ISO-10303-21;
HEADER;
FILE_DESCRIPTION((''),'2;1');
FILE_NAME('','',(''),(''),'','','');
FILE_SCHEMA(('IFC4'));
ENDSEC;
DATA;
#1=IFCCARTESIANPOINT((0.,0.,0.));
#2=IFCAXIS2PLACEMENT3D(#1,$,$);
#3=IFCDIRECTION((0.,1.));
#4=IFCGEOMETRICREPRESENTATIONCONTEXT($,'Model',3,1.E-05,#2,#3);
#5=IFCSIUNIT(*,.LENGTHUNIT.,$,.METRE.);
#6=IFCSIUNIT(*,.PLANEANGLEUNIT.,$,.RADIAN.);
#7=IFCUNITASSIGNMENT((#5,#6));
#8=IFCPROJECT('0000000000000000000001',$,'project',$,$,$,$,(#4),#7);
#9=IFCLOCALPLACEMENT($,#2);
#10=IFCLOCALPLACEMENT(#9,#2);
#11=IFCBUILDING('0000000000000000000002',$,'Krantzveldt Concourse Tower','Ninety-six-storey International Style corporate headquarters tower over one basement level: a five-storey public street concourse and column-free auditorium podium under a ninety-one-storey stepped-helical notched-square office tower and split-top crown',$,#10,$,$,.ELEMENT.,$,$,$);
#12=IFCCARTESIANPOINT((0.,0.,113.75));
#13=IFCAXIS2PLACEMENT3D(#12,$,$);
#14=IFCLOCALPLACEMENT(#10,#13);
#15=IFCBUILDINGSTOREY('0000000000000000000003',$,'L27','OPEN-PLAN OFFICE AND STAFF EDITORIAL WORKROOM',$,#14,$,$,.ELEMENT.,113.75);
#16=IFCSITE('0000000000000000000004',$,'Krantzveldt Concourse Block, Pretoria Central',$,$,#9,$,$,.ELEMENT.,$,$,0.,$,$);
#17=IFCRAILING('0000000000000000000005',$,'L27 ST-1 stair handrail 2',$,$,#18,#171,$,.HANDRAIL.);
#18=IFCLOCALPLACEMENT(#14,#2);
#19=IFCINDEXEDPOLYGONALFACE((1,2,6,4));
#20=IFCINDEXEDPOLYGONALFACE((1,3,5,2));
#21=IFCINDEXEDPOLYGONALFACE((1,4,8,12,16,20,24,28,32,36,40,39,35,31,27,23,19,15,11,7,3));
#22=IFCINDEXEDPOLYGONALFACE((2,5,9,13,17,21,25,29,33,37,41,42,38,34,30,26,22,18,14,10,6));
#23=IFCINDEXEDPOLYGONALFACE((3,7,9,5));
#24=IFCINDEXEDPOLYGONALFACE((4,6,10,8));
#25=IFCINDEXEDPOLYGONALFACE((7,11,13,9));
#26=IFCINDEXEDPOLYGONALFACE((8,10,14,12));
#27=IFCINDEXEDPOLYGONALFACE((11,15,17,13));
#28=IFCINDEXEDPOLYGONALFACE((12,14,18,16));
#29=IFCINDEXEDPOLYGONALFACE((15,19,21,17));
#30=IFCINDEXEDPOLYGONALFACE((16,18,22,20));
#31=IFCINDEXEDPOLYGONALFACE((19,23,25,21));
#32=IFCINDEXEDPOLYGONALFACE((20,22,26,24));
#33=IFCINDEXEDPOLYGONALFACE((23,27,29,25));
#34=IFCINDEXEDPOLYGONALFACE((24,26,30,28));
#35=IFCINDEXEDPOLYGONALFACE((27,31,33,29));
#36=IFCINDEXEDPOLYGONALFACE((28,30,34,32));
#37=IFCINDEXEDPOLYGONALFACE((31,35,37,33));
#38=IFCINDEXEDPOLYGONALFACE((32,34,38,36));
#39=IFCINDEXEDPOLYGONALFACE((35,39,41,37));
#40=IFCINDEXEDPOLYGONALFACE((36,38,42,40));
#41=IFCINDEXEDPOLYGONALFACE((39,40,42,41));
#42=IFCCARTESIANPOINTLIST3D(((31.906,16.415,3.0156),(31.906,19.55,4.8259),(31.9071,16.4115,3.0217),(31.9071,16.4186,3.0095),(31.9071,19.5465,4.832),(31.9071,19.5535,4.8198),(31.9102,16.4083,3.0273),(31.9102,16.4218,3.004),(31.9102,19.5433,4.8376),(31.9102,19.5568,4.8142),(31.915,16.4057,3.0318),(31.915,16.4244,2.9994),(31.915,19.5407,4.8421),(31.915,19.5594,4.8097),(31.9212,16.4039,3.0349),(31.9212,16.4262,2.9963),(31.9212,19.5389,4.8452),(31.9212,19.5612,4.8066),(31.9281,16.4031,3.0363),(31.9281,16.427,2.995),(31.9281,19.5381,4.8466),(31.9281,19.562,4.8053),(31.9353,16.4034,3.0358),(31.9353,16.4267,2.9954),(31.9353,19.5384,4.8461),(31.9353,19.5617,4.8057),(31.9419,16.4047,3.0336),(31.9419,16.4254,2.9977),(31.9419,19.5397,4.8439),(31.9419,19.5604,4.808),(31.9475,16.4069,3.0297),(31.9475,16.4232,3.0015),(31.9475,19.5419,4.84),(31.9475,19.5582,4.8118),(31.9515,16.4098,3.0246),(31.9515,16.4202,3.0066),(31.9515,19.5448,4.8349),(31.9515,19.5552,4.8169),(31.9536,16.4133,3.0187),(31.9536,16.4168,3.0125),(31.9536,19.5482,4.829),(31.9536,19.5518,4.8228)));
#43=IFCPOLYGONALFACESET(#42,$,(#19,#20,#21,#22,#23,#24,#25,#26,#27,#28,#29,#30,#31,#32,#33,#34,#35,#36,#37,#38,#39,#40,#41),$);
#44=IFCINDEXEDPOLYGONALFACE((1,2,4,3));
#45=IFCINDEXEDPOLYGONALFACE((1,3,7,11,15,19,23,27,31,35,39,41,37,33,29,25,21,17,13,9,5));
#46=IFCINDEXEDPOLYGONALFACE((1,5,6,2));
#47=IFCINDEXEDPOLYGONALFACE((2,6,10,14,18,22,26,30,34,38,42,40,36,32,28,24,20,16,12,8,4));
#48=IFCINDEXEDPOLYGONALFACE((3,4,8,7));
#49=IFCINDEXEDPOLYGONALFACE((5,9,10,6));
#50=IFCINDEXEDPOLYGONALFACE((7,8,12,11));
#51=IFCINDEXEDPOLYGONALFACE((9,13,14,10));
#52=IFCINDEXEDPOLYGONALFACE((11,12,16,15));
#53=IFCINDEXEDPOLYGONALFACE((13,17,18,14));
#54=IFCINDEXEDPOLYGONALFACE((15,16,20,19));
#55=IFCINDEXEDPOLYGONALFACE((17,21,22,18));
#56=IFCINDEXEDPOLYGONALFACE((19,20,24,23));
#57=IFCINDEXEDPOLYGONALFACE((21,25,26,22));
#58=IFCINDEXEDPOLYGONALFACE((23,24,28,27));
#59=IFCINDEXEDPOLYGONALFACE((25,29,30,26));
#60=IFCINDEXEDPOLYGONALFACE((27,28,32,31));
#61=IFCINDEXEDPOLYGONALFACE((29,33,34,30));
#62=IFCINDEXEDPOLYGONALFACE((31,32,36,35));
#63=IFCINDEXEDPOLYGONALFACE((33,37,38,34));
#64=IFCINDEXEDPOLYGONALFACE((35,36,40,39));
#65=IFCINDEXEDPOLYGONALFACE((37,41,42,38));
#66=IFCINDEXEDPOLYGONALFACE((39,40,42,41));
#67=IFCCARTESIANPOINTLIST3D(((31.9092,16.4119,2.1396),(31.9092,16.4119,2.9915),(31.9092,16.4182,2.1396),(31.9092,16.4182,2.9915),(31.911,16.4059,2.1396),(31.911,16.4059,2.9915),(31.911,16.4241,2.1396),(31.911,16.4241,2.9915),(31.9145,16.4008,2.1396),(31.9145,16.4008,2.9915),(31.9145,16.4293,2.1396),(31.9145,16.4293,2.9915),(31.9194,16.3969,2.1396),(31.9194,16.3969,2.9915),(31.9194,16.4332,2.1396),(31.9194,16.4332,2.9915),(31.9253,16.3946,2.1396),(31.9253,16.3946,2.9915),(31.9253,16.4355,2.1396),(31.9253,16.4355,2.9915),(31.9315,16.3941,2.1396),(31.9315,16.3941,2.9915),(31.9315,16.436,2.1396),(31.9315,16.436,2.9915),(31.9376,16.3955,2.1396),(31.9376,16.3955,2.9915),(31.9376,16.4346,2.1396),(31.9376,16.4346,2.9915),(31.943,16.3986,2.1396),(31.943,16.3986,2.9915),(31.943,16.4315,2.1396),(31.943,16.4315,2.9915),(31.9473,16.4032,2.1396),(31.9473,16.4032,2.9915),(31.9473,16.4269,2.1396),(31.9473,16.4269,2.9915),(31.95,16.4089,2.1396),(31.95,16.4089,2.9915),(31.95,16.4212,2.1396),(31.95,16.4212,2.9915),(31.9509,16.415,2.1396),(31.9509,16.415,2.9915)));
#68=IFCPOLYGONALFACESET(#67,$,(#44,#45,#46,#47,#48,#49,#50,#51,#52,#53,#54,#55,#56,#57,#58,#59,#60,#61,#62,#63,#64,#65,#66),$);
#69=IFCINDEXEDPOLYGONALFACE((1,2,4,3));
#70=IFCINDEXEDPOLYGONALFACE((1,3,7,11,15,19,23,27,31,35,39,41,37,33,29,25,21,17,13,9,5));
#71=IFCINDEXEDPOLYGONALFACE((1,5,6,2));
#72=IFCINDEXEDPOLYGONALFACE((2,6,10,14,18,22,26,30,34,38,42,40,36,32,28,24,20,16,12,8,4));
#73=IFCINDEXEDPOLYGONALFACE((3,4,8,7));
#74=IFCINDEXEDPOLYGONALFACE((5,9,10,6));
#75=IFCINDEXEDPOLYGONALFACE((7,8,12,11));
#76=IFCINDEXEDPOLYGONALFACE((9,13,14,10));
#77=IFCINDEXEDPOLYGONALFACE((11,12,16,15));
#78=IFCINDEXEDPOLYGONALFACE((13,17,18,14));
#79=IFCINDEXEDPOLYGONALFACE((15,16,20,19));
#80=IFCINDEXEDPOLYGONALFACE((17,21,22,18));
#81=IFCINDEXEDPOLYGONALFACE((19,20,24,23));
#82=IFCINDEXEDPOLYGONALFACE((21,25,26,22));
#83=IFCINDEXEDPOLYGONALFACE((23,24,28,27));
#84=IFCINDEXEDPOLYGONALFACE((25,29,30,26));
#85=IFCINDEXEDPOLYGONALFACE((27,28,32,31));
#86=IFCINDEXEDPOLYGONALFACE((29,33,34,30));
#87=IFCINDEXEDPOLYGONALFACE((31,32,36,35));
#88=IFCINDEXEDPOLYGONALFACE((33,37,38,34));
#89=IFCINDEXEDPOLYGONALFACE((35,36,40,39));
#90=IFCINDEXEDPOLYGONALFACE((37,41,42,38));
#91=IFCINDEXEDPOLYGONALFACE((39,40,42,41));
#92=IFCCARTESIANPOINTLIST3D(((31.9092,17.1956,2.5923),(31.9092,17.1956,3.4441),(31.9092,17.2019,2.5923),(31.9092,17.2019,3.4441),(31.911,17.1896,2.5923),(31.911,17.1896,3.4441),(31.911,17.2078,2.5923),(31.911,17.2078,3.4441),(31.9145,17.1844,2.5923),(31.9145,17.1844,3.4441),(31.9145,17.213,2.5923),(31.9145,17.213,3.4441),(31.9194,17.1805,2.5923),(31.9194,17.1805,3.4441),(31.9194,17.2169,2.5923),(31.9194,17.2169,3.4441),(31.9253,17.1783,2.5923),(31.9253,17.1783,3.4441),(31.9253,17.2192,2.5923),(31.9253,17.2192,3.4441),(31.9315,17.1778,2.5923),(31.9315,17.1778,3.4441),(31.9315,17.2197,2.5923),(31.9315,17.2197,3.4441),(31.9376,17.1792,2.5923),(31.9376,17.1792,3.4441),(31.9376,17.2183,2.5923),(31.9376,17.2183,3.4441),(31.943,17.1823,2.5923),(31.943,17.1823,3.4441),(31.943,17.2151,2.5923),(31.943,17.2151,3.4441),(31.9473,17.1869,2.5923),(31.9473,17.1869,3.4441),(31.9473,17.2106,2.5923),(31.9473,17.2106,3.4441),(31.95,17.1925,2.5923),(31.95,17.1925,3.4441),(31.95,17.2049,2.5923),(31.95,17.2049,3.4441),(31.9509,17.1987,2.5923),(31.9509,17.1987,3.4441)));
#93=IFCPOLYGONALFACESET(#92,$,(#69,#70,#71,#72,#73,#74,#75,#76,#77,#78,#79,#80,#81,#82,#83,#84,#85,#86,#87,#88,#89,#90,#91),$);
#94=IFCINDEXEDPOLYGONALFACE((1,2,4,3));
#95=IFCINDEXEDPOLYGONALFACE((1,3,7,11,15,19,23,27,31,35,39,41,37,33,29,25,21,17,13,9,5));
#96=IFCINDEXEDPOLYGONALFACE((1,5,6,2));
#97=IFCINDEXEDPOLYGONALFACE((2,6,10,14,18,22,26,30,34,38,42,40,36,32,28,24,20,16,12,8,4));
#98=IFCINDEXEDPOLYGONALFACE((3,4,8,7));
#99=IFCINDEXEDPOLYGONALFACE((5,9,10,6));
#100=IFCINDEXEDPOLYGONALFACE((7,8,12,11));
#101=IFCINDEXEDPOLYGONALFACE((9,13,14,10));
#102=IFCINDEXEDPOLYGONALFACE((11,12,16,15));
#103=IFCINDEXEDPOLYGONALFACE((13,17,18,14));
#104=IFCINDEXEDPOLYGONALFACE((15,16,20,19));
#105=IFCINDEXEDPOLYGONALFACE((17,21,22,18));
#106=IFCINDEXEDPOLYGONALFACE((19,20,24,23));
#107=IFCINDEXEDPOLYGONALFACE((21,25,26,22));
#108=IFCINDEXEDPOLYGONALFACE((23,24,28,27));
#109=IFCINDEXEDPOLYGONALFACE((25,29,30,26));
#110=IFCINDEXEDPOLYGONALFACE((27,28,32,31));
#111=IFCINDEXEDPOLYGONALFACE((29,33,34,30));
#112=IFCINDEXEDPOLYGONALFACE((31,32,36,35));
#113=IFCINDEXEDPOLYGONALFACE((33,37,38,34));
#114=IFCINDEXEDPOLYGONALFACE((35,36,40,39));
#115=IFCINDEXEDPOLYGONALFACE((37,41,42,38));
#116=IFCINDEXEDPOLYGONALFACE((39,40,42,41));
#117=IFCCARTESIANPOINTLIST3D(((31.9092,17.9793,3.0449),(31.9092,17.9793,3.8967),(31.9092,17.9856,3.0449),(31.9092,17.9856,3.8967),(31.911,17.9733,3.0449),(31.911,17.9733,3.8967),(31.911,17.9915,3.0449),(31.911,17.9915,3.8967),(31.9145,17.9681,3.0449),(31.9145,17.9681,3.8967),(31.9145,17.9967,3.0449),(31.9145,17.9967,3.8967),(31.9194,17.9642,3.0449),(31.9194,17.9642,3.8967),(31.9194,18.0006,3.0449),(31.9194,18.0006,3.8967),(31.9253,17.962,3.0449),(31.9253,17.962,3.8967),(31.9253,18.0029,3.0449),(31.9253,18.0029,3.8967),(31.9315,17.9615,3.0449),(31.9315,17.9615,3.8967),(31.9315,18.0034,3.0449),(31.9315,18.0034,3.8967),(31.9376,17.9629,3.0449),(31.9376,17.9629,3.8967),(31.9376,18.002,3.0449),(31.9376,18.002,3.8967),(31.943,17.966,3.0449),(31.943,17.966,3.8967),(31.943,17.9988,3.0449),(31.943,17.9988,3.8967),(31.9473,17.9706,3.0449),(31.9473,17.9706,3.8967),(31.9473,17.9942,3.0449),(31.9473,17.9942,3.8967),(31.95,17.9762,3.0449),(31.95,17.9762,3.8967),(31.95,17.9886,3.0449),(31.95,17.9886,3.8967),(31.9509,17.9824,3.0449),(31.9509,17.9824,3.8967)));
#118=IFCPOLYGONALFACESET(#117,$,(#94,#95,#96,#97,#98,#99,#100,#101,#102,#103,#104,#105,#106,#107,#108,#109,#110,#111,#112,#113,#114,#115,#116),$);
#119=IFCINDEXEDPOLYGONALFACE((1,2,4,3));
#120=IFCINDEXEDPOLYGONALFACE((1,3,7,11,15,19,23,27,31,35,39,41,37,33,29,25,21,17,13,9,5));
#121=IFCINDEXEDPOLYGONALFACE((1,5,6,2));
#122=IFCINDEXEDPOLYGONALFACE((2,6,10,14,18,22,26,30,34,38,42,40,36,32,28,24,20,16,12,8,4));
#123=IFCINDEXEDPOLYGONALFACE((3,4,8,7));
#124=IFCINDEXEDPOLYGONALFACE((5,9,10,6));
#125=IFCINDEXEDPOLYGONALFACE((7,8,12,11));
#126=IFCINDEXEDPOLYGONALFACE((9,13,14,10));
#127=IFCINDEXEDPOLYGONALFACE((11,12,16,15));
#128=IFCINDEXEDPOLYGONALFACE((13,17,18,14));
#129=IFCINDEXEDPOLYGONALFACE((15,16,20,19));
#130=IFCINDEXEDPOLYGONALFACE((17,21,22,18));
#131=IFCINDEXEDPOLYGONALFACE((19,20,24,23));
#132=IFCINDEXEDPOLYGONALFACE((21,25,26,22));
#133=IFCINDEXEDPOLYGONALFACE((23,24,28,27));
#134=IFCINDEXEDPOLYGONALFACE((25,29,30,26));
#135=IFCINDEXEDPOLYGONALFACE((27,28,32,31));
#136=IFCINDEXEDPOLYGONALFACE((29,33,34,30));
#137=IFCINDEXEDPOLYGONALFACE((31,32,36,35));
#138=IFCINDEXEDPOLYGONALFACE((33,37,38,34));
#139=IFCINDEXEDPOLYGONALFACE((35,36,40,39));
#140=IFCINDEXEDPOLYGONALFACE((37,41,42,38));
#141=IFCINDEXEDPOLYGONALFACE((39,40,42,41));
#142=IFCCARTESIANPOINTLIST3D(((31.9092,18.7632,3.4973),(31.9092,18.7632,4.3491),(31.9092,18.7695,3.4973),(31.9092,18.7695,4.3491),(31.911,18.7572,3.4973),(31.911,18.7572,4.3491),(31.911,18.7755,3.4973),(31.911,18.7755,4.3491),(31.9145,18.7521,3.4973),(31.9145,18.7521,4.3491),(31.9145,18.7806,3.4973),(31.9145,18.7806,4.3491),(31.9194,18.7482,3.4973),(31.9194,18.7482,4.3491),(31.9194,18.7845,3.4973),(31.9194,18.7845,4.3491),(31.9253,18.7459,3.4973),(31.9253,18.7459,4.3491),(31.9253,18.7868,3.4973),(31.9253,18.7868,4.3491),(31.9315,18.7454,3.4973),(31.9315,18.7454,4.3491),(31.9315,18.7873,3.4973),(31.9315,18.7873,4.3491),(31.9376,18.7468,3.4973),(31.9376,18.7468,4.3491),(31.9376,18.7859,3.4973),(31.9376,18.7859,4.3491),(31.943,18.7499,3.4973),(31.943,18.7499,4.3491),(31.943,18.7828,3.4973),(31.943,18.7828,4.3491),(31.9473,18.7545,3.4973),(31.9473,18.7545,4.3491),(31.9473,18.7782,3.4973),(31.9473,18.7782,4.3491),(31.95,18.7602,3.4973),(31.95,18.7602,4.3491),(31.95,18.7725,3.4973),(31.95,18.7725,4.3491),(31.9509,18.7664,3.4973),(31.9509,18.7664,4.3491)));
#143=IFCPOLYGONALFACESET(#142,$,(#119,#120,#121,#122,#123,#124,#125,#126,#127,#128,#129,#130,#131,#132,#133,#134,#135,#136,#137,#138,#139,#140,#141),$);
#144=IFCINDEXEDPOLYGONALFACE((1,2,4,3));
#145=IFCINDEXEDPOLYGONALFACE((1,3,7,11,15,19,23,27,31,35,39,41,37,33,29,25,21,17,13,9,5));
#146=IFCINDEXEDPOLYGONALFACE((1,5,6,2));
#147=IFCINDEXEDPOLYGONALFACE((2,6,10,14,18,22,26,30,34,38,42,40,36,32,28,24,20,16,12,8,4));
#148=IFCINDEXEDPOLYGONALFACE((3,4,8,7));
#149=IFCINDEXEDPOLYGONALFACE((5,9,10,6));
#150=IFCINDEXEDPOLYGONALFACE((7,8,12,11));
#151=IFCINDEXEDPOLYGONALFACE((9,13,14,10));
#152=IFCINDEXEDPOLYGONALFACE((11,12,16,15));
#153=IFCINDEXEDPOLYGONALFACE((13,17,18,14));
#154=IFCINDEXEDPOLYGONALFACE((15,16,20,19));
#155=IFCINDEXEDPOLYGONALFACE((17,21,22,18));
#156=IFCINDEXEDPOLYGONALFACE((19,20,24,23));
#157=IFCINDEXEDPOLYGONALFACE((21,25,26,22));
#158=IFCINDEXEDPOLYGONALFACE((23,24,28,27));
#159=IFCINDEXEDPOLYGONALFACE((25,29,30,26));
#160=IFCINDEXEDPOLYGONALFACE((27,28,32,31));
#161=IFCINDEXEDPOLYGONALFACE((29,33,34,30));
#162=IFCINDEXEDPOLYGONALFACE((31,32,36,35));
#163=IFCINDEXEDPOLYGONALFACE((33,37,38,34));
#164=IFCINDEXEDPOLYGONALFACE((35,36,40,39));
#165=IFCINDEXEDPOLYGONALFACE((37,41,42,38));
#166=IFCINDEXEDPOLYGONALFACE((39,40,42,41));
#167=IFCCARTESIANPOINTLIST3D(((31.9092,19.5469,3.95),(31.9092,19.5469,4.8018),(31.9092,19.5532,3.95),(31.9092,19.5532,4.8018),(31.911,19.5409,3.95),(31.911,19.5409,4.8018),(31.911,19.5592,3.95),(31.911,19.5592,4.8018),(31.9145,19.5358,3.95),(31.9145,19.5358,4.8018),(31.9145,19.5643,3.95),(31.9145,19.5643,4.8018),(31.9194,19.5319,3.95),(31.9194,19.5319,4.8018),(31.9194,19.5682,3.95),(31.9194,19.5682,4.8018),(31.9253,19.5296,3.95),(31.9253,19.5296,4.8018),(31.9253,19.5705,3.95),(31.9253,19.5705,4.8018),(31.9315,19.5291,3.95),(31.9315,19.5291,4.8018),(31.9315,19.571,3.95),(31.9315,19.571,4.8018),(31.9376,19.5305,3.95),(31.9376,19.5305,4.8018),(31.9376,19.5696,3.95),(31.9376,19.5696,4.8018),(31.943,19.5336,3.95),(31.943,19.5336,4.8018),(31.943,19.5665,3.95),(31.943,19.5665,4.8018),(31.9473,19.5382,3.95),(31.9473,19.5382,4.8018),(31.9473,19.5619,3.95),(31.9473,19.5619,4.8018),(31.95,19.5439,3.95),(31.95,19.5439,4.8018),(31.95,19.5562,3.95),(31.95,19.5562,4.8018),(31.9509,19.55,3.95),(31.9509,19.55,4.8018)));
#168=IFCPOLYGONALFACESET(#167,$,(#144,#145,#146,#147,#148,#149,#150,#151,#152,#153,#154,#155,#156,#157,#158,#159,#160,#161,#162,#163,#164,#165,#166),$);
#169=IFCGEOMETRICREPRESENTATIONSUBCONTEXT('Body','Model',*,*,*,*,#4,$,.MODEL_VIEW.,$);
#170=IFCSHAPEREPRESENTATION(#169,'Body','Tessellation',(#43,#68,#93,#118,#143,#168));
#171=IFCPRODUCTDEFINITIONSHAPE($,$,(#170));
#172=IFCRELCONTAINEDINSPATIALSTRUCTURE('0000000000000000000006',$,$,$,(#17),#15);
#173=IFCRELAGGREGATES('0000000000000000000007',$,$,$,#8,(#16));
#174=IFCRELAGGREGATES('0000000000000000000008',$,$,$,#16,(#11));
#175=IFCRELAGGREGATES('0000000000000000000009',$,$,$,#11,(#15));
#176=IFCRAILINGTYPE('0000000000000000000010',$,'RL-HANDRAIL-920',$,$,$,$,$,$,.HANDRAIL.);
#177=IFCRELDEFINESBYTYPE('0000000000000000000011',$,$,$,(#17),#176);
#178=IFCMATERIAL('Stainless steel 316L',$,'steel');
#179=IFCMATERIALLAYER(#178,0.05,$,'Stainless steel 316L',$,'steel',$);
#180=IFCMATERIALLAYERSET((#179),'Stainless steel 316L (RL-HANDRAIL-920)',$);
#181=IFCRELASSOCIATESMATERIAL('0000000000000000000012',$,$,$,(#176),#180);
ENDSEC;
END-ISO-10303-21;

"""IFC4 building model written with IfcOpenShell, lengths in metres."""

from ifc_helpers import new_model, si_unit, direction, frame, origin, origin_2d, place, context, subcontext, project, spatial, circle, extrude, material, layer, layer_set, type_object, element, save


model = new_model("IFC4")

# Units and contexts
model_context = context("Model", 3, precision=1e-05, world=origin(), true_north=direction((0.0, 1.0)))
body_context = subcontext(model_context, "Body", "Model", "MODEL_VIEW")
ifc_project = project(units=[si_unit("LENGTHUNIT", "METRE"), si_unit("PLANEANGLEUNIT", "RADIAN")], contexts=[model_context])

# Site, building, storey
site_placement = place(None, origin())
site = spatial("IfcSite", under=ifc_project, at=site_placement, Name="Krantzveldt Concourse Block, Pretoria Central", CompositionType="ELEMENT", RefElevation=0.0)
building_placement = place(site_placement, origin())
building = spatial("IfcBuilding", under=site, at=building_placement, Name="Krantzveldt Concourse Tower", Description="Ninety-six-storey International Style corporate headquarters tower over one basement level: a five-storey public street concourse and column-free auditorium podium under a ninety-one-storey stepped-helical notched-square office tower and split-top crown", CompositionType="ELEMENT")
storey_placement = place(building_placement, frame((0.0, 0.0, 113.75)))
storey = spatial("IfcBuildingStorey", under=building, at=storey_placement, Name="L27", Description="OPEN-PLAN OFFICE AND STAFF EDITORIAL WORKROOM", CompositionType="ELEMENT", Elevation=113.75)

# Railing
ifc_material_1 = material(Name="Stainless steel 316L", Category="steel")
ifc_layer_1 = layer(ifc_material_1, 0.05, Name="Stainless steel 316L", Category="steel")
ifc_layer_set_1 = layer_set([ifc_layer_1], Name="Stainless steel 316L (RL-HANDRAIL-920)")
railing_type_1 = type_object("IfcRailingType", Name="RL-HANDRAIL-920", PredefinedType="HANDRAIL", material=ifc_layer_set_1)
railing_1_placement = place(storey_placement, frame((31.9299, 16.415, 2.1396)))
element("IfcRailing", 1, at=railing_1_placement, inside=storey, type_object=railing_type_1, Name="L27 ST-1 stair handrail 2", PredefinedType="HANDRAIL", context=body_context, shape_type="SweptSolid", body=[
    extrude(circle(Radius=0.0239, at=origin_2d()), frame((0.0, 0.0, 0.876), z_axis=(0.0, 0.865989, 0.500063), x_axis=(-1.0, 0.0, 0.0)), (0.0, 0.0, 1.0), 3.6201),
    extrude(circle(Radius=0.021, at=origin_2d()), origin(), (0.0, 0.0, 1.0), 0.8518),
    extrude(circle(Radius=0.021, at=origin_2d()), frame((0.0, 0.7837, 0.4526)), (0.0, 0.0, 1.0), 0.8518),
    extrude(circle(Radius=0.021, at=origin_2d()), frame((0.0, 1.5674, 0.9053)), (0.0, 0.0, 1.0), 0.8518),
    extrude(circle(Radius=0.021, at=origin_2d()), frame((0.0, 2.3513, 1.3577)), (0.0, 0.0, 1.0), 0.8518),
    extrude(circle(Radius=0.021, at=origin_2d()), frame((0.0, 3.135, 1.8103)), (0.0, 0.0, 1.0), 0.8518),
])

save(model, "model.ifc")
